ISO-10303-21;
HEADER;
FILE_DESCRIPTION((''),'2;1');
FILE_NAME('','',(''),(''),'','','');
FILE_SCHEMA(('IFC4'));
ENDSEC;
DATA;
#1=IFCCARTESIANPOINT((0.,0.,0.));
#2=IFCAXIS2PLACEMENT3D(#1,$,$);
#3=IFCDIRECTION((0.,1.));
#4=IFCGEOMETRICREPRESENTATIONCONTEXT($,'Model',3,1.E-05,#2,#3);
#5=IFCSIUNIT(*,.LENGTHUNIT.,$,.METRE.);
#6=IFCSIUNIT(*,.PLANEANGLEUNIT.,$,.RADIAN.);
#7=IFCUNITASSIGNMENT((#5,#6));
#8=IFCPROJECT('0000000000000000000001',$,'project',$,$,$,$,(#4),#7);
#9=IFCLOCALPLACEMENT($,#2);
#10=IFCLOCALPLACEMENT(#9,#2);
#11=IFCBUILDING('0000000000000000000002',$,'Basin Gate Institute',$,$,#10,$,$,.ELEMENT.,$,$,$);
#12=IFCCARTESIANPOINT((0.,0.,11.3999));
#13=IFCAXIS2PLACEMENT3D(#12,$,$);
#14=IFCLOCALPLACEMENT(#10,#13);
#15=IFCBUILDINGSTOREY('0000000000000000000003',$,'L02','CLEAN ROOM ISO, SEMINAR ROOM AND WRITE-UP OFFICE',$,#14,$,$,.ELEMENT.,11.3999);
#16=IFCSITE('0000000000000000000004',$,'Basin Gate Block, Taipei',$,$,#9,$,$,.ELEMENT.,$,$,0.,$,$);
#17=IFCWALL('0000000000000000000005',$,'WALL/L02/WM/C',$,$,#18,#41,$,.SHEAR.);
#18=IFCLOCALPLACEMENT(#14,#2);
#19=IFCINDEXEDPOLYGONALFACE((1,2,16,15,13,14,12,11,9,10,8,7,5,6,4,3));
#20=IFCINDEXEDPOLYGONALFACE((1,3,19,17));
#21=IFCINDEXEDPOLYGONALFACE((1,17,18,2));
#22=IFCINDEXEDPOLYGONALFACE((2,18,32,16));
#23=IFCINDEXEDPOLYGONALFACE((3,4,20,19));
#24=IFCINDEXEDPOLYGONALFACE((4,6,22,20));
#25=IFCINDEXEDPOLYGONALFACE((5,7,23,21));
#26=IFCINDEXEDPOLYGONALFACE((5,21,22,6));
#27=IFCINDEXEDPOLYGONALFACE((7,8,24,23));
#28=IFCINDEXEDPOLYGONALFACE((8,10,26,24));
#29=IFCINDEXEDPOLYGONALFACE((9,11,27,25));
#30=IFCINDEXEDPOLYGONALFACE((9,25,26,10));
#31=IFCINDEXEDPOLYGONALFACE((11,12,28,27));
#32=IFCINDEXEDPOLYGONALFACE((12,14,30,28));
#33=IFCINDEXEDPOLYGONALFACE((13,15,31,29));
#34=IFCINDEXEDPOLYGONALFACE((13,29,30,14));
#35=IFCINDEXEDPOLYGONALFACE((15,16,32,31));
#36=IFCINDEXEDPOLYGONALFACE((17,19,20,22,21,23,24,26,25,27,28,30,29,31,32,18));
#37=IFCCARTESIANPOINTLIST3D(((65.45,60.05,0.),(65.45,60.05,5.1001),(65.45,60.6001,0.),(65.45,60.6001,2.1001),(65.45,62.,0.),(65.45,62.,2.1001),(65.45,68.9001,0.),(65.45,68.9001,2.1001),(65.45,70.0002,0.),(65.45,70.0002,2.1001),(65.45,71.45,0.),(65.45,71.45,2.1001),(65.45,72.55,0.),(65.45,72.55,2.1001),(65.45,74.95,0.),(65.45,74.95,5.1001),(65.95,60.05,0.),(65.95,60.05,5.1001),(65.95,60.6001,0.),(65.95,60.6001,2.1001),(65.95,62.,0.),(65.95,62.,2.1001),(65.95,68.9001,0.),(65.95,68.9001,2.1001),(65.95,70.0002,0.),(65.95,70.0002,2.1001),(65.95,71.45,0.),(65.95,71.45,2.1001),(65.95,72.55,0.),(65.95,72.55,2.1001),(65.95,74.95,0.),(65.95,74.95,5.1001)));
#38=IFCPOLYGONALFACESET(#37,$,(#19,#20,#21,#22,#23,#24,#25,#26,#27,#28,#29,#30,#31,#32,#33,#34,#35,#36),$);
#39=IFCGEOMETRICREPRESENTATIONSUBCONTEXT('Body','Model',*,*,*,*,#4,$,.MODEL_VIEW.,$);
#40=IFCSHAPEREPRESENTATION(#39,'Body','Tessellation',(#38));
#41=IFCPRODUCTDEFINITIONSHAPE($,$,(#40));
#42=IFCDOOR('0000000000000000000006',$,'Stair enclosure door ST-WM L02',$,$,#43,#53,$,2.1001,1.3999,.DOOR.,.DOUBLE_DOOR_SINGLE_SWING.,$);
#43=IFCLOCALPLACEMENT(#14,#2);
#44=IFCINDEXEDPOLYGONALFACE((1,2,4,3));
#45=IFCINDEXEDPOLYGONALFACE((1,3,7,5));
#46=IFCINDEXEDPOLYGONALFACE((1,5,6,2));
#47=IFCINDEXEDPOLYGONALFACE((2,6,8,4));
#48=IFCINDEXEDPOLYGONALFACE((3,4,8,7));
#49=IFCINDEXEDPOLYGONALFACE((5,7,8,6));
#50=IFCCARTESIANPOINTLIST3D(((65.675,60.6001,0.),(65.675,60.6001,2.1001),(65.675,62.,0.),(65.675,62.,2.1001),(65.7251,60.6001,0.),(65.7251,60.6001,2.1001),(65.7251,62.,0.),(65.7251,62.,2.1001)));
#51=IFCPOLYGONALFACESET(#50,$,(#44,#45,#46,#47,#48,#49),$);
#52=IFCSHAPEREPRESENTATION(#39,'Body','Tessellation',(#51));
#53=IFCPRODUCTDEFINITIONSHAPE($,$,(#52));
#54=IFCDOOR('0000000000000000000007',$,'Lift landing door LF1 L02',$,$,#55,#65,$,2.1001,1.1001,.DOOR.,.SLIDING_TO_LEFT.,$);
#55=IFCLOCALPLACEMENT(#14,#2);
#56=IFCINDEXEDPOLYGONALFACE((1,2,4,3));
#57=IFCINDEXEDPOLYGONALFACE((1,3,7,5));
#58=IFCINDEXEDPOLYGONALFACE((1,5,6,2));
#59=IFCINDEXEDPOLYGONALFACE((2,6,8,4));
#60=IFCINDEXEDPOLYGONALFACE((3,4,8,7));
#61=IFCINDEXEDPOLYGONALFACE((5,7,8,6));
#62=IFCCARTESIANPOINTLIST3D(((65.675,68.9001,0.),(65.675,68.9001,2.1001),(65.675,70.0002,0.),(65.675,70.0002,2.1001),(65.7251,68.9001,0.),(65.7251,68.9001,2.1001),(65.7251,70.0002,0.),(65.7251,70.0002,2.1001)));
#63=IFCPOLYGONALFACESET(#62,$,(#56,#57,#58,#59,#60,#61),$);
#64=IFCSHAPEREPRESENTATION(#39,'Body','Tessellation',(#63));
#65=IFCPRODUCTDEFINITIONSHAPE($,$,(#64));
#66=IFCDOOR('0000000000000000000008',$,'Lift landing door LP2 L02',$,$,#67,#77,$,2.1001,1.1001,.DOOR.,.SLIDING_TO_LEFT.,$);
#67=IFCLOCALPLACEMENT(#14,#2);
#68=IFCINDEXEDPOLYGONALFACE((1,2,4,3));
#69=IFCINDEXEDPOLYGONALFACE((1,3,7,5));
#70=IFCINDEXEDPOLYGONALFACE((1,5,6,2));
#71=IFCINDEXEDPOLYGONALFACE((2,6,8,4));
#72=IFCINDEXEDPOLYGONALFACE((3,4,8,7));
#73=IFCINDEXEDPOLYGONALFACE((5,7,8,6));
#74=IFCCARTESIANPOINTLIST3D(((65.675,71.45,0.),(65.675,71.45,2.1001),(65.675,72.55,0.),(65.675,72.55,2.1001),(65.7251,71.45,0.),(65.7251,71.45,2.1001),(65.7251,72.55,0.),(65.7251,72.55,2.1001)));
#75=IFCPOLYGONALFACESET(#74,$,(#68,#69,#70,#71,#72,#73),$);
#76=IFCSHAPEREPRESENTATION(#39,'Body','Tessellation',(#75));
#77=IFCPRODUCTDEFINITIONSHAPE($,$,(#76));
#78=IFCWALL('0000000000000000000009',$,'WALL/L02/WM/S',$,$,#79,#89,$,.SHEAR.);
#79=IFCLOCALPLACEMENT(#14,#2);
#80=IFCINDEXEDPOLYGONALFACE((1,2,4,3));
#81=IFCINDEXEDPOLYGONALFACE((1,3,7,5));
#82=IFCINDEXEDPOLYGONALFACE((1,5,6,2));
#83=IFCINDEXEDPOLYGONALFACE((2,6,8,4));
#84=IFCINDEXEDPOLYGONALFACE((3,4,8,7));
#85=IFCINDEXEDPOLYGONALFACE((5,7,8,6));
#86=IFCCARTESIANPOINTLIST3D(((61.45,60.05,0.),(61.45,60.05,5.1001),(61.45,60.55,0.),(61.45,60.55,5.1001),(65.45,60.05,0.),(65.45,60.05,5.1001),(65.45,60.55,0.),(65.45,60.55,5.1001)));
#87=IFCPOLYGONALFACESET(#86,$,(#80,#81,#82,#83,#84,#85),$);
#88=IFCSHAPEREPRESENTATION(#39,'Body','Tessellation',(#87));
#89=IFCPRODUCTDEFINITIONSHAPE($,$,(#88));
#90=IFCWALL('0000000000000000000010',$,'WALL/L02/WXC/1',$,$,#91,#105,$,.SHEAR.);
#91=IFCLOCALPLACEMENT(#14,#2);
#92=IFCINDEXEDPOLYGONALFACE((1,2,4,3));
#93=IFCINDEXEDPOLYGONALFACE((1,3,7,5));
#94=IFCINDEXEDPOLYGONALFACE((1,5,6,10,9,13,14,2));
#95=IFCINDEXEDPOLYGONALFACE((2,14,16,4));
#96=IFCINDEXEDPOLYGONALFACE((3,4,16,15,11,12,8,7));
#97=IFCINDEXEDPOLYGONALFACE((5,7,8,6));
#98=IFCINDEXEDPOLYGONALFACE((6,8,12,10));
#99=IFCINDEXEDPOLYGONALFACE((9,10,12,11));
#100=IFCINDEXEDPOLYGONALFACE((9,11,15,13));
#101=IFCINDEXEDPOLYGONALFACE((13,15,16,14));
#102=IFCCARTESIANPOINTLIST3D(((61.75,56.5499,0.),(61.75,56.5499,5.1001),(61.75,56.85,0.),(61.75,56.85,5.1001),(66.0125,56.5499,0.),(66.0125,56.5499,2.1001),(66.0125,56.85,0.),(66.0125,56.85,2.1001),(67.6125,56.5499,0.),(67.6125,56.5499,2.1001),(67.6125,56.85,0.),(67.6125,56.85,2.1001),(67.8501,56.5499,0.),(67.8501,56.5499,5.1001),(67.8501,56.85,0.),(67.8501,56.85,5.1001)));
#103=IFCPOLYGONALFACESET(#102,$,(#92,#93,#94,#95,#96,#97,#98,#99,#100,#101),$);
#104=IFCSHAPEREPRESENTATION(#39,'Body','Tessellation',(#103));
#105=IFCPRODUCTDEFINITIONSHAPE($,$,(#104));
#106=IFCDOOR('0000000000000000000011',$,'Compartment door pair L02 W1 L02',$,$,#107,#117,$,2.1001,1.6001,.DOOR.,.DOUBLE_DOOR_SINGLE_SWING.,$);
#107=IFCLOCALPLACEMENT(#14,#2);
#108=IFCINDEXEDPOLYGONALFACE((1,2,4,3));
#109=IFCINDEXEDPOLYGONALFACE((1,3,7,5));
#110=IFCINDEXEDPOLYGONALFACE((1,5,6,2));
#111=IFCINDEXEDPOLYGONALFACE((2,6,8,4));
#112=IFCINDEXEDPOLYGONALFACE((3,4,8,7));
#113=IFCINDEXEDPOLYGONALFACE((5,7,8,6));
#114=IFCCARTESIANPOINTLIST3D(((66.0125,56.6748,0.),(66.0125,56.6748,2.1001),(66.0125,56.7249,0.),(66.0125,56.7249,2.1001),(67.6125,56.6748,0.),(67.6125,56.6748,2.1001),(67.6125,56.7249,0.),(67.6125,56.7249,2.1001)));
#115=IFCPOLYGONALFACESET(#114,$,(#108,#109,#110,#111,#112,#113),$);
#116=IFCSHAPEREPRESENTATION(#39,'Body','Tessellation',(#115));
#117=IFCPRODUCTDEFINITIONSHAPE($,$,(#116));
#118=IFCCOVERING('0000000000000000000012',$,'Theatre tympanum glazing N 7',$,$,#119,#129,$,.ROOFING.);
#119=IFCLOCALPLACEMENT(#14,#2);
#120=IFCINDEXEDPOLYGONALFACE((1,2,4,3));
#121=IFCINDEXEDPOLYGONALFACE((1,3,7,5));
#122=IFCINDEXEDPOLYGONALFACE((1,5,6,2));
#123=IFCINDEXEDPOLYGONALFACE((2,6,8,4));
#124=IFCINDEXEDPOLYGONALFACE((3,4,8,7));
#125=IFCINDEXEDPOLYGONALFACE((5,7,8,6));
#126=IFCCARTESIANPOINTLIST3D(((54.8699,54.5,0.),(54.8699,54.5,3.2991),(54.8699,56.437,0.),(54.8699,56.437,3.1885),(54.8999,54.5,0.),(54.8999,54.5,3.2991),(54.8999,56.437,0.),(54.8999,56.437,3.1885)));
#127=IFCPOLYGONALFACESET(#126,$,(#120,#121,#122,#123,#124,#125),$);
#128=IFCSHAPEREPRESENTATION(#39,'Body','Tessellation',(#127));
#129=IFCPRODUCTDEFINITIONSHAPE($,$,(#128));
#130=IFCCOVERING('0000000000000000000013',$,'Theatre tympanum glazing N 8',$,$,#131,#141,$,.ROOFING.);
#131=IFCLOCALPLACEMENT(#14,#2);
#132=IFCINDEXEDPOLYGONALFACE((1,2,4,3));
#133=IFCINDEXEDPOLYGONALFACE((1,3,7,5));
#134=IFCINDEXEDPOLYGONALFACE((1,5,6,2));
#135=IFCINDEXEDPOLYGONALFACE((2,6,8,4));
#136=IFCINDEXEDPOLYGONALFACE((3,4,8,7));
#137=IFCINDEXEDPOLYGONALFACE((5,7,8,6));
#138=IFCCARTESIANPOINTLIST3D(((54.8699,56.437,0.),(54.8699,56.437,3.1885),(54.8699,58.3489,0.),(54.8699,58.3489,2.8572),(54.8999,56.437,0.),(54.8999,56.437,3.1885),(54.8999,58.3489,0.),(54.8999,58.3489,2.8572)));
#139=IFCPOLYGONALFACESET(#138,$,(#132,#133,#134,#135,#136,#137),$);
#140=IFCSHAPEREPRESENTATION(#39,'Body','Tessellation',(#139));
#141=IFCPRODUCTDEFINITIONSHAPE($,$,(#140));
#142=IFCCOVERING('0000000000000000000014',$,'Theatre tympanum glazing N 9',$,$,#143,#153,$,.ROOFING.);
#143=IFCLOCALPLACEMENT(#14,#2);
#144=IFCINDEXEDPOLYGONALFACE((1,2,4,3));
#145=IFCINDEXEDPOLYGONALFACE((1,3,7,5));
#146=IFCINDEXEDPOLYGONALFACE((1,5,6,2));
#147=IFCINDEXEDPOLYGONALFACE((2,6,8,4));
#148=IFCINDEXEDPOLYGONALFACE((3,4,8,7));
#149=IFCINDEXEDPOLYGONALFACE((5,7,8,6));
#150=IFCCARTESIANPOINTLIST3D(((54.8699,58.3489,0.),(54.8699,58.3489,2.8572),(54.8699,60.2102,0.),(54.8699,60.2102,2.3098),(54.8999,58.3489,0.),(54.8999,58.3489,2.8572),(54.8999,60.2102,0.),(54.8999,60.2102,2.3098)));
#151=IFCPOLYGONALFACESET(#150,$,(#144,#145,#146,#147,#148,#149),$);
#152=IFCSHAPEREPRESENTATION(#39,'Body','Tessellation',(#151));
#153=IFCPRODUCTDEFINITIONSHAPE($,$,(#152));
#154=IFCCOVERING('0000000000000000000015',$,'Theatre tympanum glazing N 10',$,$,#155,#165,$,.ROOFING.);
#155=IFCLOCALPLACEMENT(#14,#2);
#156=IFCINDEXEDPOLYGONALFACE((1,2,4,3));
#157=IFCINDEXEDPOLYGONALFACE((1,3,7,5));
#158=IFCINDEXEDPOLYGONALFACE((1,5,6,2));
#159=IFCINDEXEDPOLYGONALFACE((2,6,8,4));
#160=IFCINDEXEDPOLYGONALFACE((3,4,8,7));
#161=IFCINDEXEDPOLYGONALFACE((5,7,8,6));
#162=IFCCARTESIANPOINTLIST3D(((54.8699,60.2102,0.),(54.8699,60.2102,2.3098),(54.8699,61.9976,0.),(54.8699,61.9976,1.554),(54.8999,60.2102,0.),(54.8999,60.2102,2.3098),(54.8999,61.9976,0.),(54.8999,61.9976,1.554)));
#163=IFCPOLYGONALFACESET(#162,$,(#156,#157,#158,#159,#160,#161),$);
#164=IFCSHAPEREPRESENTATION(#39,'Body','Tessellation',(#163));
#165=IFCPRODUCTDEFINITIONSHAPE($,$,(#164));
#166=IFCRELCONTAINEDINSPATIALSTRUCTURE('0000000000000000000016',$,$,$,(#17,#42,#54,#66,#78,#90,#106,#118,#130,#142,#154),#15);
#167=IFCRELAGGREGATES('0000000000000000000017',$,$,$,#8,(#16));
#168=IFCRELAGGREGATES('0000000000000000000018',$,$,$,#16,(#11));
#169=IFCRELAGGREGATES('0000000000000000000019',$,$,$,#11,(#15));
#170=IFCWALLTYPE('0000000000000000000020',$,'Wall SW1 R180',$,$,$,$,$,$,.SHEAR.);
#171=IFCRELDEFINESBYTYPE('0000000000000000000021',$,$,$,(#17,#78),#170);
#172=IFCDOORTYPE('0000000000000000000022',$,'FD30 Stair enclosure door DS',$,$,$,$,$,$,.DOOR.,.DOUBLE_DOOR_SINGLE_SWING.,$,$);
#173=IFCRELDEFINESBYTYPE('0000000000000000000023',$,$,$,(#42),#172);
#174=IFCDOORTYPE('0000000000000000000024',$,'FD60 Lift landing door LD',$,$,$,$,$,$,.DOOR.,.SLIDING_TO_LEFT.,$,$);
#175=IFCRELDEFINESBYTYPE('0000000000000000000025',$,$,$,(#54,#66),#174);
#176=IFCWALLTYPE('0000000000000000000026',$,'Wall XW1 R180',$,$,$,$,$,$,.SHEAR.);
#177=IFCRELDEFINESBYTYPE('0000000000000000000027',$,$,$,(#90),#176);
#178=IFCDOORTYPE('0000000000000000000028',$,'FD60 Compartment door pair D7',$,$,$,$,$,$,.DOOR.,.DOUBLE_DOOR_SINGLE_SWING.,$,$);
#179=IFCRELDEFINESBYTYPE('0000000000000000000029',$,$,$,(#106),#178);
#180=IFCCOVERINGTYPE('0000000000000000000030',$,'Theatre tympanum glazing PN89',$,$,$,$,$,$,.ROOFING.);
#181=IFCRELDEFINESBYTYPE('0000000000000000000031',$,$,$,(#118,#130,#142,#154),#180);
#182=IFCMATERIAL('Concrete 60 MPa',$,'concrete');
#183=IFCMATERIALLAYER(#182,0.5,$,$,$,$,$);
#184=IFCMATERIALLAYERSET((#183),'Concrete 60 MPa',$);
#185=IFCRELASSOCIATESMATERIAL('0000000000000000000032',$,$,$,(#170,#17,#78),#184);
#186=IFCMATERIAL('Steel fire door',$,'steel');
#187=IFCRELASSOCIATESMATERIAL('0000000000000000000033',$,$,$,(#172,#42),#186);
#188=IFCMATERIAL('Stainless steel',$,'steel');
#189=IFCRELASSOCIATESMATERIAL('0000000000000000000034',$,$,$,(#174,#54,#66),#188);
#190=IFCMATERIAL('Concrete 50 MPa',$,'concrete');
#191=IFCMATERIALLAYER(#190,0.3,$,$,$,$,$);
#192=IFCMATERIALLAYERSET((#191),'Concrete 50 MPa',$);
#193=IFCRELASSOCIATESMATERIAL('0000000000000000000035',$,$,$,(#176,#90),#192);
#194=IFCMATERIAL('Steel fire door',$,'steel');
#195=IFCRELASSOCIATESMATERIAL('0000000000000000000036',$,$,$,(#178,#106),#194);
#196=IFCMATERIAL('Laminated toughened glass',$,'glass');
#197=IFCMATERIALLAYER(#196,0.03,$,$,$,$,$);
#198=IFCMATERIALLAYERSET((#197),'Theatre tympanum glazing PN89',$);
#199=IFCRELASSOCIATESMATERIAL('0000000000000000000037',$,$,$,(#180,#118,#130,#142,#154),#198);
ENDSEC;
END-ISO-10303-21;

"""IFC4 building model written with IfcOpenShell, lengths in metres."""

from ifc_helpers import new_model, si_unit, direction, frame, frame_2d, origin, place, context, subcontext, project, spatial, polyline, rectangle, outline, extrude, material, layer, layer_set, type_object, element, fill, save


model = new_model("IFC4")

# Units and contexts
model_context = context("Model", 3, precision=1e-05, world=origin(), true_north=direction((0.0, 1.0)))
body_context = subcontext(model_context, "Body", "Model", "MODEL_VIEW")
ifc_project = project(units=[si_unit("LENGTHUNIT", "METRE"), si_unit("PLANEANGLEUNIT", "RADIAN")], contexts=[model_context])

# Site, building, storey
site_placement = place(None, origin())
site = spatial("IfcSite", under=ifc_project, at=site_placement, Name="Basin Gate Block, Taipei", CompositionType="ELEMENT", RefElevation=0.0)
building_placement = place(site_placement, origin())
building = spatial("IfcBuilding", under=site, at=building_placement, Name="Basin Gate Institute", CompositionType="ELEMENT")
storey_placement = place(building_placement, frame((0.0, 0.0, 11.3999)))
storey = spatial("IfcBuildingStorey", under=building, at=storey_placement, Name="L02", Description="CLEAN ROOM ISO, SEMINAR ROOM AND WRITE-UP OFFICE", CompositionType="ELEMENT", Elevation=11.3999)

# Shared definitions
ifc_material_1 = material(Name="Concrete 60 MPa", Category="concrete")
ifc_layer_1 = layer(ifc_material_1, 0.5)
ifc_layer_set_1 = layer_set([ifc_layer_1], Name="Concrete 60 MPa")
wall_type_1 = type_object("IfcWallType", Name="Wall SW1 R180", PredefinedType="SHEAR", material=ifc_layer_set_1)

# Wall, openings, doors
wall_1_placement = place(storey_placement, frame((65.7, 60.05, 0.0), z_axis=(0.0, 0.0, 1.0), x_axis=(0.0, 1.0, 0.0)))
wall_1 = element("IfcWall", 1, at=wall_1_placement, inside=storey, type_object=wall_type_1, material=ifc_layer_set_1, Name="WALL/L02/WM/C", PredefinedType="SHEAR", context=body_context, shape_type="SweptSolid", body=[
    extrude(rectangle(XDim=14.8999, YDim=0.5, at=frame_2d((7.45, 0.0))), origin(), (0.0, 0.0, 1.0), 5.1001),
])
opening_1_placement = place(wall_1_placement, frame((0.55, 0.0, 0.0)))
opening_1 = element("IfcOpeningElement", 2, at=opening_1_placement, cuts=wall_1, PredefinedType="OPENING", context=body_context, shape_type="SweptSolid", body=[
    extrude(rectangle(XDim=1.3999, YDim=2.1001, at=frame_2d((0.7, 1.05))), frame((0.0, 0.26, 0.0), z_axis=(0.0, -1.0, 0.0), x_axis=(1.0, 0.0, 0.0)), (0.0, 0.0, 1.0), 0.52),
])
opening_2_placement = place(wall_1_placement, frame((8.8501, 0.0, 0.0)))
opening_2 = element("IfcOpeningElement", 3, at=opening_2_placement, cuts=wall_1, PredefinedType="OPENING", context=body_context, shape_type="SweptSolid", body=[
    extrude(rectangle(XDim=1.1001, YDim=2.1001, at=frame_2d((0.55, 1.05))), frame((0.0, 0.26, 0.0), z_axis=(0.0, -1.0, 0.0), x_axis=(1.0, 0.0, 0.0)), (0.0, 0.0, 1.0), 0.52),
])
opening_3_placement = place(wall_1_placement, frame((11.3999, 0.0, 0.0)))
opening_3 = element("IfcOpeningElement", 4, at=opening_3_placement, cuts=wall_1, PredefinedType="OPENING", context=body_context, shape_type="SweptSolid", body=[
    extrude(rectangle(XDim=1.1001, YDim=2.1001, at=frame_2d((0.55, 1.05))), frame((0.0, 0.26, 0.0), z_axis=(0.0, -1.0, 0.0), x_axis=(1.0, 0.0, 0.0)), (0.0, 0.0, 1.0), 0.52),
])
ifc_material_2 = material(Name="Steel fire door", Category="steel")
door_type_1 = type_object("IfcDoorType", Name="FD30 Stair enclosure door DS", OperationType="DOUBLE_DOOR_SINGLE_SWING", PredefinedType="DOOR", material=ifc_material_2)
door_1_placement = place(opening_1_placement, origin())
door_1 = element("IfcDoor", 5, at=door_1_placement, inside=storey, type_object=door_type_1, material=ifc_material_2, Name="Stair enclosure door ST-WM L02", OperationType="DOUBLE_DOOR_SINGLE_SWING", OverallHeight=2.1001, OverallWidth=1.3999, PredefinedType="DOOR", context=body_context, shape_type="SweptSolid", body=[
    extrude(rectangle(XDim=1.3999, YDim=2.1001, at=frame_2d((0.7, 1.05))), frame((0.0, 0.0249, 0.0), z_axis=(0.0, -1.0, 0.0), x_axis=(1.0, 0.0, 0.0)), (0.0, 0.0, 1.0), 0.05),
])
fill(opening_1, door_1)
ifc_material_3 = material(Name="Stainless steel", Category="steel")
door_type_2 = type_object("IfcDoorType", Name="FD60 Lift landing door LD", OperationType="SLIDING_TO_LEFT", PredefinedType="DOOR", material=ifc_material_3)
door_2_placement = place(opening_2_placement, origin())
door_2 = element("IfcDoor", 6, at=door_2_placement, inside=storey, type_object=door_type_2, material=ifc_material_3, Name="Lift landing door LF1 L02", OperationType="SLIDING_TO_LEFT", OverallHeight=2.1001, OverallWidth=1.1001, PredefinedType="DOOR", context=body_context, shape_type="SweptSolid", body=[
    extrude(rectangle(XDim=1.1001, YDim=2.1001, at=frame_2d((0.55, 1.05))), frame((0.0, 0.0249, 0.0), z_axis=(0.0, -1.0, 0.0), x_axis=(1.0, 0.0, 0.0)), (0.0, 0.0, 1.0), 0.05),
])
fill(opening_2, door_2)
door_3_placement = place(opening_3_placement, origin())
door_3 = element("IfcDoor", 7, at=door_3_placement, inside=storey, type_object=door_type_2, material=ifc_material_3, Name="Lift landing door LP2 L02", OperationType="SLIDING_TO_LEFT", OverallHeight=2.1001, OverallWidth=1.1001, PredefinedType="DOOR", context=body_context, shape_type="SweptSolid", body=[
    extrude(rectangle(XDim=1.1001, YDim=2.1001, at=frame_2d((0.55, 1.05))), frame((0.0, 0.0249, 0.0), z_axis=(0.0, -1.0, 0.0), x_axis=(1.0, 0.0, 0.0)), (0.0, 0.0, 1.0), 0.05),
])
fill(opening_3, door_3)

# Wall
wall_2_placement = place(storey_placement, frame((61.45, 60.3, 0.0), z_axis=(0.0, 0.0, 1.0), x_axis=(1.0, 0.0, 0.0)))
element("IfcWall", 8, at=wall_2_placement, inside=storey, type_object=wall_type_1, material=ifc_layer_set_1, Name="WALL/L02/WM/S", PredefinedType="SHEAR", context=body_context, shape_type="SweptSolid", body=[
    extrude(rectangle(XDim=4.0, YDim=0.5, at=frame_2d((2.0, 0.0))), origin(), (0.0, 0.0, 1.0), 5.1001),
])

# Wall, opening, door
ifc_material_4 = material(Name="Concrete 50 MPa", Category="concrete")
ifc_layer_2 = layer(ifc_material_4, 0.3)
ifc_layer_set_2 = layer_set([ifc_layer_2], Name="Concrete 50 MPa")
wall_type_2 = type_object("IfcWallType", Name="Wall XW1 R180", PredefinedType="SHEAR", material=ifc_layer_set_2)
wall_3_placement = place(storey_placement, frame((61.75, 56.7, 0.0), z_axis=(0.0, 0.0, 1.0), x_axis=(1.0, 0.0, 0.0)))
wall_3 = element("IfcWall", 9, at=wall_3_placement, inside=storey, type_object=wall_type_2, material=ifc_layer_set_2, Name="WALL/L02/WXC/1", PredefinedType="SHEAR", context=body_context, shape_type="SweptSolid", body=[
    extrude(rectangle(XDim=6.1001, YDim=0.3, at=frame_2d((3.05, 0.0))), origin(), (0.0, 0.0, 1.0), 5.1001),
])
opening_4_placement = place(wall_3_placement, frame((4.2625, 0.0, 0.0)))
opening_4 = element("IfcOpeningElement", 10, at=opening_4_placement, cuts=wall_3, PredefinedType="OPENING", context=body_context, shape_type="SweptSolid", body=[
    extrude(rectangle(XDim=1.6001, YDim=2.1001, at=frame_2d((0.8, 1.05))), frame((0.0, 0.1602, 0.0), z_axis=(0.0, -1.0, 0.0), x_axis=(1.0, 0.0, 0.0)), (0.0, 0.0, 1.0), 0.3201),
])
ifc_material_5 = material(Name="Steel fire door", Category="steel")
door_type_3 = type_object("IfcDoorType", Name="FD60 Compartment door pair D7", OperationType="DOUBLE_DOOR_SINGLE_SWING", PredefinedType="DOOR", material=ifc_material_5)
door_4_placement = place(opening_4_placement, origin())
door_4 = element("IfcDoor", 11, at=door_4_placement, inside=storey, type_object=door_type_3, material=ifc_material_5, Name="Compartment door pair L02 W1 L02", OperationType="DOUBLE_DOOR_SINGLE_SWING", OverallHeight=2.1001, OverallWidth=1.6001, PredefinedType="DOOR", context=body_context, shape_type="SweptSolid", body=[
    extrude(rectangle(XDim=1.6001, YDim=2.1001, at=frame_2d((0.8, 1.05))), frame((0.0, 0.0249, 0.0), z_axis=(0.0, -1.0, 0.0), x_axis=(1.0, 0.0, 0.0)), (0.0, 0.0, 1.0), 0.05),
])
fill(opening_4, door_4)

# Coverings
ifc_material_6 = material(Name="Laminated toughened glass", Category="glass")
ifc_layer_3 = layer(ifc_material_6, 0.03)
ifc_layer_set_3 = layer_set([ifc_layer_3], Name="Theatre tympanum glazing PN89")
covering_type = type_object("IfcCoveringType", Name="Theatre tympanum glazing PN89", PredefinedType="ROOFING", material=ifc_layer_set_3)
covering_1_placement = place(storey_placement, frame((54.8999, 54.5, 0.0), z_axis=(1.0, 0.0, 0.0), x_axis=(0.0, 1.0, 0.0)))
element("IfcCovering", 12, at=covering_1_placement, inside=storey, type_object=covering_type, material=ifc_layer_set_3, Name="Theatre tympanum glazing N 7", PredefinedType="ROOFING", context=body_context, shape_type="SweptSolid", body=[
    extrude(outline(polyline([(0.0, 0.0), (1.937, 0.0), (1.937, 3.1885), (0.0, 3.2991), (0.0, 0.0)])), origin(), (0.0, 0.0, -1.0), 0.03),
])
covering_2_placement = place(storey_placement, frame((54.8999, 56.437, 0.0), z_axis=(1.0, 0.0, 0.0), x_axis=(0.0, 1.0, 0.0)))
element("IfcCovering", 13, at=covering_2_placement, inside=storey, type_object=covering_type, material=ifc_layer_set_3, Name="Theatre tympanum glazing N 8", PredefinedType="ROOFING", context=body_context, shape_type="SweptSolid", body=[
    extrude(outline(polyline([(0.0, 0.0), (1.9119, 0.0), (1.9119, 2.8572), (0.0, 3.1885), (0.0, 0.0)])), origin(), (0.0, 0.0, -1.0), 0.03),
])
covering_3_placement = place(storey_placement, frame((54.8999, 58.3489, 0.0), z_axis=(1.0, 0.0, 0.0), x_axis=(0.0, 1.0, 0.0)))
element("IfcCovering", 14, at=covering_3_placement, inside=storey, type_object=covering_type, material=ifc_layer_set_3, Name="Theatre tympanum glazing N 9", PredefinedType="ROOFING", context=body_context, shape_type="SweptSolid", body=[
    extrude(outline(polyline([(0.0, 0.0), (1.8613, 0.0), (1.8613, 2.3098), (0.0, 2.8572), (0.0, 0.0)])), origin(), (0.0, 0.0, -1.0), 0.03),
])
covering_4_placement = place(storey_placement, frame((54.8999, 60.2102, 0.0), z_axis=(1.0, 0.0, 0.0), x_axis=(0.0, 1.0, 0.0)))
element("IfcCovering", 15, at=covering_4_placement, inside=storey, type_object=covering_type, material=ifc_layer_set_3, Name="Theatre tympanum glazing N 10", PredefinedType="ROOFING", context=body_context, shape_type="SweptSolid", body=[
    extrude(outline(polyline([(0.0, 0.0), (1.7874, 0.0), (1.7874, 1.554), (0.0, 2.3098), (0.0, 0.0)])), origin(), (0.0, 0.0, -1.0), 0.03),
])

save(model, "model.ifc")
